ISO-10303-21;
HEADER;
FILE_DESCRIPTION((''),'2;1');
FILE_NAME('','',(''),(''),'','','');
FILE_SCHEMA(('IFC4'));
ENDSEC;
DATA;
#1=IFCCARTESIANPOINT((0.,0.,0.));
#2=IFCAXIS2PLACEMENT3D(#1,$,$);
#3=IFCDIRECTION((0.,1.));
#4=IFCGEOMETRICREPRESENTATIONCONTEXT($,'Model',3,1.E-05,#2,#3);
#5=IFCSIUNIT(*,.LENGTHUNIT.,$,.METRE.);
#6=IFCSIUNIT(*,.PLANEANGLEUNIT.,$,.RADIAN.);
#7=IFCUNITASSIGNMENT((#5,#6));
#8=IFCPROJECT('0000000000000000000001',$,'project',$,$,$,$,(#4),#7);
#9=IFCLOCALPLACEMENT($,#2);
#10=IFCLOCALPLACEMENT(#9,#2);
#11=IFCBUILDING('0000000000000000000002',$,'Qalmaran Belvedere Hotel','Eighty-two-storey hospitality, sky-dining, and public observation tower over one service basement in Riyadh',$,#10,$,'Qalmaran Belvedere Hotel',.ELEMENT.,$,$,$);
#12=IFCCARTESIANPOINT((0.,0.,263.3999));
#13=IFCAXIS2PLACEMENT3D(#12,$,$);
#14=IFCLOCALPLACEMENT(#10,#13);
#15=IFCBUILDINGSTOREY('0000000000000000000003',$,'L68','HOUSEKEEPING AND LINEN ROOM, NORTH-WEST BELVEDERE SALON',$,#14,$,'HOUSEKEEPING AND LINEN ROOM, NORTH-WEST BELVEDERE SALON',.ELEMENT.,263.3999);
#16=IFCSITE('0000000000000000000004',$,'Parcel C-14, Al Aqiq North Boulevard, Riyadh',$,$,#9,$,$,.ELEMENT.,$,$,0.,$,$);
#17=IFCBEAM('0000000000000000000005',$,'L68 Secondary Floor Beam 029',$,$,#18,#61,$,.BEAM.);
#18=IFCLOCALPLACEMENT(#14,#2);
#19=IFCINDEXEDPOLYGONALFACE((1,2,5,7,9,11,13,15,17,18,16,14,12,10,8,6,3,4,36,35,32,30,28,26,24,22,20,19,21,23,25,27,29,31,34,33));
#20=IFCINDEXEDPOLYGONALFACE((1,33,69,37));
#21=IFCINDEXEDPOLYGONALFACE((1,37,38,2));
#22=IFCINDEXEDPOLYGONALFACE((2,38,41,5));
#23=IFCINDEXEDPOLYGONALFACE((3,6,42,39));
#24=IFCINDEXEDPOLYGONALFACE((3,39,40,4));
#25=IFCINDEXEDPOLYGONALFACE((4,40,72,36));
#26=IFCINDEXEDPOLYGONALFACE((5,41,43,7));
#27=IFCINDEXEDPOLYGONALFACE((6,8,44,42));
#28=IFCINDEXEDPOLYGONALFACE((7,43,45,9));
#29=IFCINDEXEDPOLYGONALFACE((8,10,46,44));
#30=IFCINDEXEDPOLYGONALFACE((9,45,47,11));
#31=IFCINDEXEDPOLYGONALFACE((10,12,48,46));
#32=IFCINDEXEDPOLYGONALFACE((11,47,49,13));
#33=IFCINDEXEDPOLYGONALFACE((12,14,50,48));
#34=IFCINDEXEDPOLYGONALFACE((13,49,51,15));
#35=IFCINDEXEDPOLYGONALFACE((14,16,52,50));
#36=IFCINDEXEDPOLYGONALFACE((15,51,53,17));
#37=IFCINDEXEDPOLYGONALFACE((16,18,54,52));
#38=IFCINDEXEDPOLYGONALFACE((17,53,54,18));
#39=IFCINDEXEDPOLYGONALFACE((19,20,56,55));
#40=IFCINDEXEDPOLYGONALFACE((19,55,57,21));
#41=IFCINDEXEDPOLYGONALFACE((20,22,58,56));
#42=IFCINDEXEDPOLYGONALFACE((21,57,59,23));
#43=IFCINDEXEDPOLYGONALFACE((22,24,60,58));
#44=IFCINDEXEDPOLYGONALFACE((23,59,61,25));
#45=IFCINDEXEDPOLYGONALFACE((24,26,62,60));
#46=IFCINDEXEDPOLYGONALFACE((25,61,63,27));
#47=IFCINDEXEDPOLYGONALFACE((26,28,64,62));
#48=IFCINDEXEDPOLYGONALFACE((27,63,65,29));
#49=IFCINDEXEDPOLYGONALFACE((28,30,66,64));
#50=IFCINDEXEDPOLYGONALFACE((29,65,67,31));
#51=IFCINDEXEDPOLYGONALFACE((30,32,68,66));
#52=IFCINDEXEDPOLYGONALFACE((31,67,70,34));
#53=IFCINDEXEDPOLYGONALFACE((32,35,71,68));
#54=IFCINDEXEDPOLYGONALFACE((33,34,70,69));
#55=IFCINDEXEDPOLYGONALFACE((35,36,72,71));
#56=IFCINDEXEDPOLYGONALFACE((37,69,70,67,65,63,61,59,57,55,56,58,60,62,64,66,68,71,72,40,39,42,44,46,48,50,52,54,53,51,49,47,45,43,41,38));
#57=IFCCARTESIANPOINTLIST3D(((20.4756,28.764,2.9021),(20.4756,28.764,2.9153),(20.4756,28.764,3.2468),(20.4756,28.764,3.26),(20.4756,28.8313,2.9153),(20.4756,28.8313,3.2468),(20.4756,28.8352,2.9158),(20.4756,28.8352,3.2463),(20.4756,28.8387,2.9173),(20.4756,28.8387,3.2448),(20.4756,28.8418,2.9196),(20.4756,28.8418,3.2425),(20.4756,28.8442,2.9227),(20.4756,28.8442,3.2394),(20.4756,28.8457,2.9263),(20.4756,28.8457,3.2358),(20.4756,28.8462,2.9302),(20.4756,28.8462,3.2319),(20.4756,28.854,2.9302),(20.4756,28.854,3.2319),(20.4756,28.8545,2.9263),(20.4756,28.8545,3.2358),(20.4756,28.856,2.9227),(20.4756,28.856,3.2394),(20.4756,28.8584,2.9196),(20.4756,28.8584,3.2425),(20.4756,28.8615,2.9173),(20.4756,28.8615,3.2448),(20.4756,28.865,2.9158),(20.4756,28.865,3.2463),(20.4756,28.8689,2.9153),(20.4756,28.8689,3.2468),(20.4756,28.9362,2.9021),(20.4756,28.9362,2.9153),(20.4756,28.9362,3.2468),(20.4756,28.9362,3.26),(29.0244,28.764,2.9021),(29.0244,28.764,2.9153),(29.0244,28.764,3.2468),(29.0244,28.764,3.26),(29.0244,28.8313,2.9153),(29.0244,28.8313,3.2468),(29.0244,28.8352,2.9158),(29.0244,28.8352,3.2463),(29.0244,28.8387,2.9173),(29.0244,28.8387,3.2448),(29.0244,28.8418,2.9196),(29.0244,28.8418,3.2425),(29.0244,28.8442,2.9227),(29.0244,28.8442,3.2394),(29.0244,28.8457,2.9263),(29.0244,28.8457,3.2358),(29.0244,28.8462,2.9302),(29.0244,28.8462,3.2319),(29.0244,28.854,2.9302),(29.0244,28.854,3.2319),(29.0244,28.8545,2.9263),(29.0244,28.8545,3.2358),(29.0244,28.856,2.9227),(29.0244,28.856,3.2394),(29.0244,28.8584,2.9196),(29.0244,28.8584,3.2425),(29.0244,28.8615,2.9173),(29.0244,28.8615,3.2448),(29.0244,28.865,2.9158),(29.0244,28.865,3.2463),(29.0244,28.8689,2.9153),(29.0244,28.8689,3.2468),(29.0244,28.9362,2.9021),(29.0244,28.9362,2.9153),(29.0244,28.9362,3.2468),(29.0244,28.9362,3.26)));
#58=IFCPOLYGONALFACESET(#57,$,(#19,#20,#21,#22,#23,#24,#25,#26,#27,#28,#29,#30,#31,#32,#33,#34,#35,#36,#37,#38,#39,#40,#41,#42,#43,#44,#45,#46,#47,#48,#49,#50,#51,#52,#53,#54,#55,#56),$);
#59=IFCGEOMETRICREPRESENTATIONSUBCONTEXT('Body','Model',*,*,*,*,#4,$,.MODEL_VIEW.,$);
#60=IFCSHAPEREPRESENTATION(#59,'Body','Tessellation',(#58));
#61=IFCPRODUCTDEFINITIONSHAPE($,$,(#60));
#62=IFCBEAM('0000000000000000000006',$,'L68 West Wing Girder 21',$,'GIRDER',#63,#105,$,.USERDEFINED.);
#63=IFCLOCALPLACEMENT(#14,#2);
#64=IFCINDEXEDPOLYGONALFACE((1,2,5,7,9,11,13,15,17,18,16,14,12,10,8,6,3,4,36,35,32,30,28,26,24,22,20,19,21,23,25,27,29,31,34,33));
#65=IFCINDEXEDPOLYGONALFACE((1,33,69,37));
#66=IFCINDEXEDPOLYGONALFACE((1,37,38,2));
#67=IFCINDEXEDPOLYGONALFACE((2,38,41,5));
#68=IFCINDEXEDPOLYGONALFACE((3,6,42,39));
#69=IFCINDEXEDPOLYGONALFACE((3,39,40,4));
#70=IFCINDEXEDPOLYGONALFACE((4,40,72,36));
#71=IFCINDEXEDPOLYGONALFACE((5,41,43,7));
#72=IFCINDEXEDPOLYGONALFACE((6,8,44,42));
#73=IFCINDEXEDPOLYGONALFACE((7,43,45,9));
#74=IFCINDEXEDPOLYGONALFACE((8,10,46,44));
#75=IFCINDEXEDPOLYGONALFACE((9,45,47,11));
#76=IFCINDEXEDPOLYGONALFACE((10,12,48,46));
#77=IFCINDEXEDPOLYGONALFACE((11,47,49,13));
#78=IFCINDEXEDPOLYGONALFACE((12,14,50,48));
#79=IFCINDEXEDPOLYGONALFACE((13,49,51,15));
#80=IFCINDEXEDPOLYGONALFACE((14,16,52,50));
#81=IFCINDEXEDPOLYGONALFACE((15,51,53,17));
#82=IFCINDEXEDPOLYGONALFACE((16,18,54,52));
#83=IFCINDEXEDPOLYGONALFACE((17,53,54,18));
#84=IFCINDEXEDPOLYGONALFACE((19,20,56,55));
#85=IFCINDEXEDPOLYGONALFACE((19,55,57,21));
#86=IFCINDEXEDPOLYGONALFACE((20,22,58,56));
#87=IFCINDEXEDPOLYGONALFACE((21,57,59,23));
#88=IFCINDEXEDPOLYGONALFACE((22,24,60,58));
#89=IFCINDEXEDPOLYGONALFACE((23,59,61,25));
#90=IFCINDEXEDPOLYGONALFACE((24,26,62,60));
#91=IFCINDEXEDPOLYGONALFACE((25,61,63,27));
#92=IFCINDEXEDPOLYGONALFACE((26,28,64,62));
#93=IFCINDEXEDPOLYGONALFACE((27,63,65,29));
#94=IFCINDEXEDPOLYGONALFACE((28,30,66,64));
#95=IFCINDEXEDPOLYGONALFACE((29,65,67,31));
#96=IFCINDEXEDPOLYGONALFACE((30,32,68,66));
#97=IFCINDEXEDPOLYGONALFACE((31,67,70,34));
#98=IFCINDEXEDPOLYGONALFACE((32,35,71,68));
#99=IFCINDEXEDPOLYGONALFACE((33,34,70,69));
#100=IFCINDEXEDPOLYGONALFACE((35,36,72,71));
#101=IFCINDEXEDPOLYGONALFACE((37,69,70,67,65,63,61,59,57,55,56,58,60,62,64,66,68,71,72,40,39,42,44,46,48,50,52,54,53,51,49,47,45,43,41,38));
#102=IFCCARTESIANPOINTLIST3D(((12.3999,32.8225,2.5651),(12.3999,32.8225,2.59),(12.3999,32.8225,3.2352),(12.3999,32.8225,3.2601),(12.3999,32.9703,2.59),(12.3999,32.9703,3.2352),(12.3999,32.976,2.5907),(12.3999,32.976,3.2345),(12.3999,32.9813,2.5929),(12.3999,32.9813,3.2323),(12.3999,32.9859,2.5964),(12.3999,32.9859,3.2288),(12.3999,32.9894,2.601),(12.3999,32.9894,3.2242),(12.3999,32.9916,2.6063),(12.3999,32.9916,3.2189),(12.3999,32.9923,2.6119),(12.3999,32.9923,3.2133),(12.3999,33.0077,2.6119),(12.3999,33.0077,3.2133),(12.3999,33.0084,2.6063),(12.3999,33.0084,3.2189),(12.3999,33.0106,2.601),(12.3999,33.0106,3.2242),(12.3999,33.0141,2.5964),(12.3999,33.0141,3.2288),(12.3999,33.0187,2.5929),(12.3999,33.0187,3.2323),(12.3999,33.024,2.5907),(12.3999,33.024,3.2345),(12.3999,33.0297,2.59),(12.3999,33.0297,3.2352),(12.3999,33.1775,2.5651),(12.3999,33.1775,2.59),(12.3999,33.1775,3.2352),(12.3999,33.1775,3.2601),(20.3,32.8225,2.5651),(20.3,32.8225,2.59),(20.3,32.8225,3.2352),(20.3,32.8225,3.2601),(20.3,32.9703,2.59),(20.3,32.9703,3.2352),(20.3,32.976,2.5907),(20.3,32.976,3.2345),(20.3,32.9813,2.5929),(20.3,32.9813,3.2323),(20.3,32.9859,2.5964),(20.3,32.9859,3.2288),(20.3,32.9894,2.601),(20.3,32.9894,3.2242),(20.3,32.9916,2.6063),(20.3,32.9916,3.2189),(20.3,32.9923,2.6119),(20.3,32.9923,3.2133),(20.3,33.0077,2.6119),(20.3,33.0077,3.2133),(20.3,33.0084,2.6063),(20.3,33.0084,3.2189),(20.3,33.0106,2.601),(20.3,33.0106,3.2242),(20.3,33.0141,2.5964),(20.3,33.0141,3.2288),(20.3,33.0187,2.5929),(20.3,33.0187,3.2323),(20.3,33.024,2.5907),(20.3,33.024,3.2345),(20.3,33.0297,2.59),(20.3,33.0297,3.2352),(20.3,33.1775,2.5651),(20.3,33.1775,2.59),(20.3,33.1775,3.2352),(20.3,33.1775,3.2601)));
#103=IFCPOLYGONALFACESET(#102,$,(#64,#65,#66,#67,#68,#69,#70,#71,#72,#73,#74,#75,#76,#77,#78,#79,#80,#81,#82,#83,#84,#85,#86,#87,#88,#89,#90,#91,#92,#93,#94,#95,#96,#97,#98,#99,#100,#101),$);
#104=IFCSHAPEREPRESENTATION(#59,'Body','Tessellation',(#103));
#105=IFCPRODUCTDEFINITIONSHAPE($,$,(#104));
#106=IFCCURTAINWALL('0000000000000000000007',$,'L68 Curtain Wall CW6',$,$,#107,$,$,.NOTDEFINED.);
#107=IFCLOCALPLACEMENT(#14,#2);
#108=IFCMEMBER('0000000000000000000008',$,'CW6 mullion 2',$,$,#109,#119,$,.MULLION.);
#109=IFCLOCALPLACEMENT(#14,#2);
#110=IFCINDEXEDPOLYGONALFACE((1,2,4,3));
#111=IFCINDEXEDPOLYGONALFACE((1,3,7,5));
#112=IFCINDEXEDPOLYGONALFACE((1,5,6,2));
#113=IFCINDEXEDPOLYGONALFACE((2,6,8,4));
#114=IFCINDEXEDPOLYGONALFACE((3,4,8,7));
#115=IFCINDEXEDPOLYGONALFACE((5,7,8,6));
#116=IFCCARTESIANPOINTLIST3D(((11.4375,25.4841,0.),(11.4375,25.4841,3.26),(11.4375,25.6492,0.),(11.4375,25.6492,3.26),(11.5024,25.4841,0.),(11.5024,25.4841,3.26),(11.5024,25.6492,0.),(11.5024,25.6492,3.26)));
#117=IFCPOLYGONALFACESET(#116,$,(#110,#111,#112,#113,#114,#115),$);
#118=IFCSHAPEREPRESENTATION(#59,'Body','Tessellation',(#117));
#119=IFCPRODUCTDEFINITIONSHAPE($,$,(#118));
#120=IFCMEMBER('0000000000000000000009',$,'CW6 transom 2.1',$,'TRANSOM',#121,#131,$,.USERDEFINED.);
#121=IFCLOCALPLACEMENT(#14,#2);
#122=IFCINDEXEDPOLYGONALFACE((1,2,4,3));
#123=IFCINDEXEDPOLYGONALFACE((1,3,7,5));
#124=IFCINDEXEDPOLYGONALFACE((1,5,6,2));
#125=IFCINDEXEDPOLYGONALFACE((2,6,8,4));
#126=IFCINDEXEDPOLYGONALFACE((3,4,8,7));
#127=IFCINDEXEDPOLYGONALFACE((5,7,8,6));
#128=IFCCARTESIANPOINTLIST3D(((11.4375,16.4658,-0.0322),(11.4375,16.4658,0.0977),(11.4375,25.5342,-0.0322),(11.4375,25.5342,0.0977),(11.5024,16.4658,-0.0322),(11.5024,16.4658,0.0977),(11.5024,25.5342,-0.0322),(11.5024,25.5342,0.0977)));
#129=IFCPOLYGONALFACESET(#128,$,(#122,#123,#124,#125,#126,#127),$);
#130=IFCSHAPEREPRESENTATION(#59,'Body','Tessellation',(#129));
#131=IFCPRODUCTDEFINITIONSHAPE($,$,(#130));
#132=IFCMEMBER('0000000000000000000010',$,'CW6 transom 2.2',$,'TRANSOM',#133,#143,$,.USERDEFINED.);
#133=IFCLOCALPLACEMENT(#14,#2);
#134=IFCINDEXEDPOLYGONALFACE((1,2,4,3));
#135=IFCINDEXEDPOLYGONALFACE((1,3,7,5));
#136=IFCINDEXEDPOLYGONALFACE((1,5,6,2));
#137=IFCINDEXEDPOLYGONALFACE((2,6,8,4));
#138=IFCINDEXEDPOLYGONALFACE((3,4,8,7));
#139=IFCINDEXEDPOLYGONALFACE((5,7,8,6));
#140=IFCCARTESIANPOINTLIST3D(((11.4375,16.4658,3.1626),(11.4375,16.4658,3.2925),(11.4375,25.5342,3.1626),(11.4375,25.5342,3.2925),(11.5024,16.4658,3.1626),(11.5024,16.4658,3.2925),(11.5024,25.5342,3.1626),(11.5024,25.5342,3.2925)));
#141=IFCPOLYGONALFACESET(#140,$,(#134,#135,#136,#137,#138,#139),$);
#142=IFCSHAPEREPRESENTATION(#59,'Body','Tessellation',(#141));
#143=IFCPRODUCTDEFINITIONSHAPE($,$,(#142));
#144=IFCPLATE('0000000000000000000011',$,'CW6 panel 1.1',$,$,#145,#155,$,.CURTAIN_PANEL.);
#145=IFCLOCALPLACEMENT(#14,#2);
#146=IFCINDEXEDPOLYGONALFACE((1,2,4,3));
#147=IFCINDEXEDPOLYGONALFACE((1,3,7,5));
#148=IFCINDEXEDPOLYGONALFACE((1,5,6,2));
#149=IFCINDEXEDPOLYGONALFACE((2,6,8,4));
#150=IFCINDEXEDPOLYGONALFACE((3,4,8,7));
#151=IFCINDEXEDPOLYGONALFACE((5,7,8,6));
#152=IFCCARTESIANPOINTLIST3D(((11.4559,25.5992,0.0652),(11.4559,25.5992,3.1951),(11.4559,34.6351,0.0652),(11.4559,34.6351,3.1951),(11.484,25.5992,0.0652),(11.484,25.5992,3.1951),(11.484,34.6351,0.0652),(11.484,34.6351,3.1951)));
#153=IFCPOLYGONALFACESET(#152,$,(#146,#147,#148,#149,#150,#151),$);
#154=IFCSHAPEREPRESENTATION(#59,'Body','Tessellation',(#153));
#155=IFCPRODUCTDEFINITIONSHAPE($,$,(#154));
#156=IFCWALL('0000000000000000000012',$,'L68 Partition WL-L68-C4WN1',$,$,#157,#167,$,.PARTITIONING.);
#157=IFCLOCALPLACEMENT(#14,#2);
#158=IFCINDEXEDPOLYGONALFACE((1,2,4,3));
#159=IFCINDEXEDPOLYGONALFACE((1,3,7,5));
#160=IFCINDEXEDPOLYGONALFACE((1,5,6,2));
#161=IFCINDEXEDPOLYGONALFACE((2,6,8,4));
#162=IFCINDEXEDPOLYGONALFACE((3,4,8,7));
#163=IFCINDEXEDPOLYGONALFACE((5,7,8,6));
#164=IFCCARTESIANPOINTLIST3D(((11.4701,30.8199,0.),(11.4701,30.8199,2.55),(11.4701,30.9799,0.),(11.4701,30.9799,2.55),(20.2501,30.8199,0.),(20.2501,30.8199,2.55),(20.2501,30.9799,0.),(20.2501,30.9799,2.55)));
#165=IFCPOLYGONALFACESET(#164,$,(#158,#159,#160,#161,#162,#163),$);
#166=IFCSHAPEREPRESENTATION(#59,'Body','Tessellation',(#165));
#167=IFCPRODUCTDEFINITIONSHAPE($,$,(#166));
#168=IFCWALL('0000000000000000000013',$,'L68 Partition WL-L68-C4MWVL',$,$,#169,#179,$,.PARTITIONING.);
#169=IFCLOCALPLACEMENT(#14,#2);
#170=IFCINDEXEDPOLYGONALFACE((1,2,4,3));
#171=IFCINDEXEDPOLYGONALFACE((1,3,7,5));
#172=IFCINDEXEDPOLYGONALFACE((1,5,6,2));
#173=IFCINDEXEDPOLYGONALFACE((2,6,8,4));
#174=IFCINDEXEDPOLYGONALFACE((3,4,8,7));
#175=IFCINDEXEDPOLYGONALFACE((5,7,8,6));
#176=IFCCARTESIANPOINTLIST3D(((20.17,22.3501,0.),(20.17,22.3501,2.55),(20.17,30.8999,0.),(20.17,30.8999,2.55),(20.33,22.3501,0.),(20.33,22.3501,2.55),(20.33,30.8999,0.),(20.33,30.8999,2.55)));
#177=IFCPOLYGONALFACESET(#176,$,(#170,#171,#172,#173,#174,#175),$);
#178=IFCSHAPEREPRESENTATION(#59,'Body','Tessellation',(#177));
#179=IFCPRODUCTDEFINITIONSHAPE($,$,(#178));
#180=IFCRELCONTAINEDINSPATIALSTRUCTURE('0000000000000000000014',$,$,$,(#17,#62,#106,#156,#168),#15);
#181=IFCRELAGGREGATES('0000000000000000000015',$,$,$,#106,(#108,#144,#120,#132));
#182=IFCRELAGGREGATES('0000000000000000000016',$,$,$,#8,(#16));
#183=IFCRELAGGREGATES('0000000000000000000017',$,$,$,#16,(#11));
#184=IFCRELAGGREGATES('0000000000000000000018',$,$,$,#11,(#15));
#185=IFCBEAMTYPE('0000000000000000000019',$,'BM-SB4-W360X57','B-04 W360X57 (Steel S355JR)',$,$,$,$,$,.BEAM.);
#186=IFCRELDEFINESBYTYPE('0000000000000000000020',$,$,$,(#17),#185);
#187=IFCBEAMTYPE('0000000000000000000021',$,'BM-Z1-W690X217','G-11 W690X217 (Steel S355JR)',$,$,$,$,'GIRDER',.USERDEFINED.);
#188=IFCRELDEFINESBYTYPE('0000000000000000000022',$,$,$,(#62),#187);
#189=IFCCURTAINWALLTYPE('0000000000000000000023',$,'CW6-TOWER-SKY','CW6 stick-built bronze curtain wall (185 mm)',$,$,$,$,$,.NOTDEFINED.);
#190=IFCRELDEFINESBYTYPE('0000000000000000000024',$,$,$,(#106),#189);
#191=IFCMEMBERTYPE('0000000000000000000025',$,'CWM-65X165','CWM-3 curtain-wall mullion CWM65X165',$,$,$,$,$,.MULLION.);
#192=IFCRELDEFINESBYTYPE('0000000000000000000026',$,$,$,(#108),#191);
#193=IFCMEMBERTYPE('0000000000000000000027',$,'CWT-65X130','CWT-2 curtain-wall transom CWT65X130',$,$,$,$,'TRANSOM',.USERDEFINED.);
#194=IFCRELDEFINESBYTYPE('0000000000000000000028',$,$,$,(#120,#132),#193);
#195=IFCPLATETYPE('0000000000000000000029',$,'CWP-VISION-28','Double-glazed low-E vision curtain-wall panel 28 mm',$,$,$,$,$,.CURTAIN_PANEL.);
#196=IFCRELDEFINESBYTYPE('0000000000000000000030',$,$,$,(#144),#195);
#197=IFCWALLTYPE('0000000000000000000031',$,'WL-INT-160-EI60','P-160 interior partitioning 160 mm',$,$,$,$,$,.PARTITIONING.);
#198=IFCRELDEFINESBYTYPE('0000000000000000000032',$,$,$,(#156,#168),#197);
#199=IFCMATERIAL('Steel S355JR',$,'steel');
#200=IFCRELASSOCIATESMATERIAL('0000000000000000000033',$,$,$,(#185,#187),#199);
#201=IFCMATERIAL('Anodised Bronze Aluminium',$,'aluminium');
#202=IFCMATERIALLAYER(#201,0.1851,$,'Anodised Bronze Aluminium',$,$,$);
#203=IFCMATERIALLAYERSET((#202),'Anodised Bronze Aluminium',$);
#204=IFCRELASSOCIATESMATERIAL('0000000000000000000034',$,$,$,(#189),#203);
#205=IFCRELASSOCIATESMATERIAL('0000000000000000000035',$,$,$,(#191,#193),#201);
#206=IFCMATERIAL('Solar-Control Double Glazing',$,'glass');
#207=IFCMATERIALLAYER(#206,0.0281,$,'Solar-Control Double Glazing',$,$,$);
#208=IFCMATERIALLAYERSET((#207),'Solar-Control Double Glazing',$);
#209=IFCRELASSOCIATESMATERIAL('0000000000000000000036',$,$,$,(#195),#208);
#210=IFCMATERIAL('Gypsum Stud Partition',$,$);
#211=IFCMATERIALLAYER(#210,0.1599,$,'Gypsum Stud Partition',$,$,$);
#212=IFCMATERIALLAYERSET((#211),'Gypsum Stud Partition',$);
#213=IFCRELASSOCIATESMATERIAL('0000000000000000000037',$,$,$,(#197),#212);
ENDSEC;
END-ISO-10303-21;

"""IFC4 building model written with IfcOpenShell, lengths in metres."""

from ifc_helpers import new_model, si_unit, direction, frame, frame_2d, origin, origin_2d, place, context, subcontext, project, spatial, rectangle, i_section, extrude, material, layer, layer_set, material_profile, profile_set, type_object, element, aggregate, save


model = new_model("IFC4")

# Units and contexts
model_context = context("Model", 3, precision=1e-05, world=origin(), true_north=direction((0.0, 1.0)))
body_context = subcontext(model_context, "Body", "Model", "MODEL_VIEW")
ifc_project = project(units=[si_unit("LENGTHUNIT", "METRE"), si_unit("PLANEANGLEUNIT", "RADIAN")], contexts=[model_context])

# Site, building, storey
site_placement = place(None, origin())
site = spatial("IfcSite", under=ifc_project, at=site_placement, Name="Parcel C-14, Al Aqiq North Boulevard, Riyadh", CompositionType="ELEMENT", RefElevation=0.0)
building_placement = place(site_placement, origin())
building = spatial("IfcBuilding", under=site, at=building_placement, Name="Qalmaran Belvedere Hotel", Description="Eighty-two-storey hospitality, sky-dining, and public observation tower over one service basement in Riyadh", LongName="Qalmaran Belvedere Hotel", CompositionType="ELEMENT")
storey_placement = place(building_placement, frame((0.0, 0.0, 263.3999)))
storey = spatial("IfcBuildingStorey", under=building, at=storey_placement, Name="L68", Description="HOUSEKEEPING AND LINEN ROOM, NORTH-WEST BELVEDERE SALON", LongName="HOUSEKEEPING AND LINEN ROOM, NORTH-WEST BELVEDERE SALON", CompositionType="ELEMENT", Elevation=263.3999)

# Beams
ifc_material_1 = material(Name="Steel S355JR", Category="steel")
ifc_material_profile_1 = material_profile(ifc_material_1, i_section(OverallWidth=0.1721, OverallDepth=0.3579, WebThickness=0.0078, FlangeThickness=0.0132, FilletRadius=0.0149, at=origin_2d()), Name="W360X57")
ifc_profile_set_1 = profile_set([ifc_material_profile_1], Name="Steel S355JR")
beam_type_1 = type_object("IfcBeamType", Name="BM-SB4-W360X57", Description="B-04 W360X57 (Steel S355JR)", PredefinedType="BEAM", material=ifc_profile_set_1)
beam_1_placement = place(storey_placement, frame((20.4756, 28.8501, 3.0811), z_axis=(1.0, 0.0, 0.0), x_axis=(0.0, 1.0, 0.0)))
element("IfcBeam", 1, at=beam_1_placement, inside=storey, type_object=beam_type_1, Name="L68 Secondary Floor Beam 029", PredefinedType="BEAM", context=body_context, shape_type="SweptSolid", body=[
    extrude(i_section(OverallWidth=0.1721, OverallDepth=0.3579, WebThickness=0.0078, FlangeThickness=0.0132, FilletRadius=0.0149, at=origin_2d()), origin(), (0.0, 0.0, 1.0), 8.5488),
])
ifc_material_profile_2 = material_profile(ifc_material_1, i_section(OverallWidth=0.355, OverallDepth=0.6951, WebThickness=0.0154, FlangeThickness=0.0249, FilletRadius=0.022, at=origin_2d()), Name="W690X217")
ifc_profile_set_2 = profile_set([ifc_material_profile_2], Name="Steel S355JR")
beam_type_2 = type_object("IfcBeamType", Name="BM-Z1-W690X217", Description="G-11 W690X217 (Steel S355JR)", ElementType="GIRDER", PredefinedType="USERDEFINED", material=ifc_profile_set_2)
beam_2_placement = place(storey_placement, frame((12.3999, 33.0, 2.9126), z_axis=(1.0, 0.0, 0.0), x_axis=(0.0, 1.0, 0.0)))
element("IfcBeam", 2, at=beam_2_placement, inside=storey, type_object=beam_type_2, Name="L68 West Wing Girder 21", ObjectType="GIRDER", PredefinedType="USERDEFINED", context=body_context, shape_type="SweptSolid", body=[
    extrude(i_section(OverallWidth=0.355, OverallDepth=0.6951, WebThickness=0.0154, FlangeThickness=0.0249, FilletRadius=0.022, at=origin_2d()), origin(), (0.0, 0.0, 1.0), 7.9001),
])

# Curtain wall, members, plate
ifc_material_2 = material(Name="Anodised Bronze Aluminium", Category="aluminium")
ifc_layer_1 = layer(ifc_material_2, 0.1851, Name="Anodised Bronze Aluminium")
ifc_layer_set_1 = layer_set([ifc_layer_1], Name="Anodised Bronze Aluminium")
curtain_wall_type = type_object("IfcCurtainWallType", Name="CW6-TOWER-SKY", Description="CW6 stick-built bronze curtain wall (185 mm)", PredefinedType="NOTDEFINED", material=ifc_layer_set_1)
curtain_wall_placement = place(storey_placement, origin())
curtain_wall = element("IfcCurtainWall", 3, at=curtain_wall_placement, inside=storey, type_object=curtain_wall_type, Name="L68 Curtain Wall CW6", PredefinedType="NOTDEFINED")
ifc_material_profile_3 = material_profile(ifc_material_2, rectangle(XDim=0.0649, YDim=0.165, at=origin_2d()), Name="CWM65X165")
ifc_profile_set_3 = profile_set([ifc_material_profile_3], Name="Anodised Bronze Aluminium")
member_type_1 = type_object("IfcMemberType", Name="CWM-65X165", Description="CWM-3 curtain-wall mullion CWM65X165", PredefinedType="MULLION", material=ifc_profile_set_3)
member_1_placement = place(storey_placement, frame((11.47, 25.5667, 0.0), z_axis=(0.0, 0.0, 1.0), x_axis=(1.0, 0.0, 0.0)))
member_1 = element("IfcMember", 4, at=member_1_placement, type_object=member_type_1, Name="CW6 mullion 2", PredefinedType="MULLION", context=body_context, shape_type="SweptSolid", body=[
    extrude(rectangle(XDim=0.0649, YDim=0.165, at=origin_2d()), origin(), (0.0, 0.0, 1.0), 3.26),
])
ifc_material_profile_4 = material_profile(ifc_material_2, rectangle(XDim=0.0649, YDim=0.1299, at=origin_2d()), Name="CWT65X130")
ifc_profile_set_4 = profile_set([ifc_material_profile_4], Name="Anodised Bronze Aluminium")
member_type_2 = type_object("IfcMemberType", Name="CWT-65X130", Description="CWT-2 curtain-wall transom CWT65X130", ElementType="TRANSOM", PredefinedType="USERDEFINED", material=ifc_profile_set_4)
member_2_placement = place(storey_placement, frame((11.47, 25.5342, 0.0327), z_axis=(0.0, -1.0, 0.0), x_axis=(1.0, 0.0, 0.0)))
member_2 = element("IfcMember", 5, at=member_2_placement, type_object=member_type_2, Name="CW6 transom 2.1", ObjectType="TRANSOM", PredefinedType="USERDEFINED", context=body_context, shape_type="SweptSolid", body=[
    extrude(rectangle(XDim=0.0649, YDim=0.1299, at=origin_2d()), origin(), (0.0, 0.0, 1.0), 9.0684),
])
member_3_placement = place(storey_placement, frame((11.47, 25.5342, 3.2275), z_axis=(0.0, -1.0, 0.0), x_axis=(1.0, 0.0, 0.0)))
member_3 = element("IfcMember", 6, at=member_3_placement, type_object=member_type_2, Name="CW6 transom 2.2", ObjectType="TRANSOM", PredefinedType="USERDEFINED", context=body_context, shape_type="SweptSolid", body=[
    extrude(rectangle(XDim=0.0649, YDim=0.1299, at=origin_2d()), origin(), (0.0, 0.0, 1.0), 9.0684),
])
ifc_material_3 = material(Name="Solar-Control Double Glazing", Category="glass")
ifc_layer_2 = layer(ifc_material_3, 0.0281, Name="Solar-Control Double Glazing")
ifc_layer_set_2 = layer_set([ifc_layer_2], Name="Solar-Control Double Glazing")
plate_type = type_object("IfcPlateType", Name="CWP-VISION-28", Description="Double-glazed low-E vision curtain-wall panel 28 mm", PredefinedType="CURTAIN_PANEL", material=ifc_layer_set_2)
plate_placement = place(storey_placement, frame((11.47, 30.1172, 0.0652), z_axis=(0.0, 0.0, 1.0), x_axis=(0.0, -1.0, 0.0)))
plate = element("IfcPlate", 7, at=plate_placement, type_object=plate_type, Name="CW6 panel 1.1", PredefinedType="CURTAIN_PANEL", context=body_context, shape_type="SweptSolid", body=[
    extrude(rectangle(XDim=9.0359, YDim=0.0281, at=origin_2d()), origin(), (0.0, 0.0, 1.0), 3.1299),
])
aggregate(curtain_wall, [member_1, plate, member_2, member_3])

# Walls
ifc_material_4 = material(Name="Gypsum Stud Partition")
ifc_layer_3 = layer(ifc_material_4, 0.1599, Name="Gypsum Stud Partition")
ifc_layer_set_3 = layer_set([ifc_layer_3], Name="Gypsum Stud Partition")
wall_type_1 = type_object("IfcWallType", Name="WL-INT-160-EI60", Description="P-160 interior partitioning 160 mm", PredefinedType="PARTITIONING", material=ifc_layer_set_3)
wall_1_placement = place(storey_placement, frame((11.47, 30.8999, 0.0), z_axis=(0.0, 0.0, 1.0), x_axis=(1.0, 0.0, 0.0)))
element("IfcWall", 8, at=wall_1_placement, inside=storey, type_object=wall_type_1, Name="L68 Partition WL-L68-C4WN1", PredefinedType="PARTITIONING", context=body_context, shape_type="SweptSolid", body=[
    extrude(rectangle(XDim=8.78, YDim=0.1599, at=frame_2d((4.3901, 0.0))), origin(), (0.0, 0.0, 1.0), 2.55),
])
wall_2_placement = place(storey_placement, frame((20.25, 22.3501, 0.0), z_axis=(0.0, 0.0, 1.0), x_axis=(0.0, 1.0, 0.0)))
element("IfcWall", 9, at=wall_2_placement, inside=storey, type_object=wall_type_1, Name="L68 Partition WL-L68-C4MWVL", PredefinedType="PARTITIONING", context=body_context, shape_type="SweptSolid", body=[
    extrude(rectangle(XDim=8.5498, YDim=0.1599, at=frame_2d((4.2749, 0.0))), origin(), (0.0, 0.0, 1.0), 2.55),
])

save(model, "model.ifc")
